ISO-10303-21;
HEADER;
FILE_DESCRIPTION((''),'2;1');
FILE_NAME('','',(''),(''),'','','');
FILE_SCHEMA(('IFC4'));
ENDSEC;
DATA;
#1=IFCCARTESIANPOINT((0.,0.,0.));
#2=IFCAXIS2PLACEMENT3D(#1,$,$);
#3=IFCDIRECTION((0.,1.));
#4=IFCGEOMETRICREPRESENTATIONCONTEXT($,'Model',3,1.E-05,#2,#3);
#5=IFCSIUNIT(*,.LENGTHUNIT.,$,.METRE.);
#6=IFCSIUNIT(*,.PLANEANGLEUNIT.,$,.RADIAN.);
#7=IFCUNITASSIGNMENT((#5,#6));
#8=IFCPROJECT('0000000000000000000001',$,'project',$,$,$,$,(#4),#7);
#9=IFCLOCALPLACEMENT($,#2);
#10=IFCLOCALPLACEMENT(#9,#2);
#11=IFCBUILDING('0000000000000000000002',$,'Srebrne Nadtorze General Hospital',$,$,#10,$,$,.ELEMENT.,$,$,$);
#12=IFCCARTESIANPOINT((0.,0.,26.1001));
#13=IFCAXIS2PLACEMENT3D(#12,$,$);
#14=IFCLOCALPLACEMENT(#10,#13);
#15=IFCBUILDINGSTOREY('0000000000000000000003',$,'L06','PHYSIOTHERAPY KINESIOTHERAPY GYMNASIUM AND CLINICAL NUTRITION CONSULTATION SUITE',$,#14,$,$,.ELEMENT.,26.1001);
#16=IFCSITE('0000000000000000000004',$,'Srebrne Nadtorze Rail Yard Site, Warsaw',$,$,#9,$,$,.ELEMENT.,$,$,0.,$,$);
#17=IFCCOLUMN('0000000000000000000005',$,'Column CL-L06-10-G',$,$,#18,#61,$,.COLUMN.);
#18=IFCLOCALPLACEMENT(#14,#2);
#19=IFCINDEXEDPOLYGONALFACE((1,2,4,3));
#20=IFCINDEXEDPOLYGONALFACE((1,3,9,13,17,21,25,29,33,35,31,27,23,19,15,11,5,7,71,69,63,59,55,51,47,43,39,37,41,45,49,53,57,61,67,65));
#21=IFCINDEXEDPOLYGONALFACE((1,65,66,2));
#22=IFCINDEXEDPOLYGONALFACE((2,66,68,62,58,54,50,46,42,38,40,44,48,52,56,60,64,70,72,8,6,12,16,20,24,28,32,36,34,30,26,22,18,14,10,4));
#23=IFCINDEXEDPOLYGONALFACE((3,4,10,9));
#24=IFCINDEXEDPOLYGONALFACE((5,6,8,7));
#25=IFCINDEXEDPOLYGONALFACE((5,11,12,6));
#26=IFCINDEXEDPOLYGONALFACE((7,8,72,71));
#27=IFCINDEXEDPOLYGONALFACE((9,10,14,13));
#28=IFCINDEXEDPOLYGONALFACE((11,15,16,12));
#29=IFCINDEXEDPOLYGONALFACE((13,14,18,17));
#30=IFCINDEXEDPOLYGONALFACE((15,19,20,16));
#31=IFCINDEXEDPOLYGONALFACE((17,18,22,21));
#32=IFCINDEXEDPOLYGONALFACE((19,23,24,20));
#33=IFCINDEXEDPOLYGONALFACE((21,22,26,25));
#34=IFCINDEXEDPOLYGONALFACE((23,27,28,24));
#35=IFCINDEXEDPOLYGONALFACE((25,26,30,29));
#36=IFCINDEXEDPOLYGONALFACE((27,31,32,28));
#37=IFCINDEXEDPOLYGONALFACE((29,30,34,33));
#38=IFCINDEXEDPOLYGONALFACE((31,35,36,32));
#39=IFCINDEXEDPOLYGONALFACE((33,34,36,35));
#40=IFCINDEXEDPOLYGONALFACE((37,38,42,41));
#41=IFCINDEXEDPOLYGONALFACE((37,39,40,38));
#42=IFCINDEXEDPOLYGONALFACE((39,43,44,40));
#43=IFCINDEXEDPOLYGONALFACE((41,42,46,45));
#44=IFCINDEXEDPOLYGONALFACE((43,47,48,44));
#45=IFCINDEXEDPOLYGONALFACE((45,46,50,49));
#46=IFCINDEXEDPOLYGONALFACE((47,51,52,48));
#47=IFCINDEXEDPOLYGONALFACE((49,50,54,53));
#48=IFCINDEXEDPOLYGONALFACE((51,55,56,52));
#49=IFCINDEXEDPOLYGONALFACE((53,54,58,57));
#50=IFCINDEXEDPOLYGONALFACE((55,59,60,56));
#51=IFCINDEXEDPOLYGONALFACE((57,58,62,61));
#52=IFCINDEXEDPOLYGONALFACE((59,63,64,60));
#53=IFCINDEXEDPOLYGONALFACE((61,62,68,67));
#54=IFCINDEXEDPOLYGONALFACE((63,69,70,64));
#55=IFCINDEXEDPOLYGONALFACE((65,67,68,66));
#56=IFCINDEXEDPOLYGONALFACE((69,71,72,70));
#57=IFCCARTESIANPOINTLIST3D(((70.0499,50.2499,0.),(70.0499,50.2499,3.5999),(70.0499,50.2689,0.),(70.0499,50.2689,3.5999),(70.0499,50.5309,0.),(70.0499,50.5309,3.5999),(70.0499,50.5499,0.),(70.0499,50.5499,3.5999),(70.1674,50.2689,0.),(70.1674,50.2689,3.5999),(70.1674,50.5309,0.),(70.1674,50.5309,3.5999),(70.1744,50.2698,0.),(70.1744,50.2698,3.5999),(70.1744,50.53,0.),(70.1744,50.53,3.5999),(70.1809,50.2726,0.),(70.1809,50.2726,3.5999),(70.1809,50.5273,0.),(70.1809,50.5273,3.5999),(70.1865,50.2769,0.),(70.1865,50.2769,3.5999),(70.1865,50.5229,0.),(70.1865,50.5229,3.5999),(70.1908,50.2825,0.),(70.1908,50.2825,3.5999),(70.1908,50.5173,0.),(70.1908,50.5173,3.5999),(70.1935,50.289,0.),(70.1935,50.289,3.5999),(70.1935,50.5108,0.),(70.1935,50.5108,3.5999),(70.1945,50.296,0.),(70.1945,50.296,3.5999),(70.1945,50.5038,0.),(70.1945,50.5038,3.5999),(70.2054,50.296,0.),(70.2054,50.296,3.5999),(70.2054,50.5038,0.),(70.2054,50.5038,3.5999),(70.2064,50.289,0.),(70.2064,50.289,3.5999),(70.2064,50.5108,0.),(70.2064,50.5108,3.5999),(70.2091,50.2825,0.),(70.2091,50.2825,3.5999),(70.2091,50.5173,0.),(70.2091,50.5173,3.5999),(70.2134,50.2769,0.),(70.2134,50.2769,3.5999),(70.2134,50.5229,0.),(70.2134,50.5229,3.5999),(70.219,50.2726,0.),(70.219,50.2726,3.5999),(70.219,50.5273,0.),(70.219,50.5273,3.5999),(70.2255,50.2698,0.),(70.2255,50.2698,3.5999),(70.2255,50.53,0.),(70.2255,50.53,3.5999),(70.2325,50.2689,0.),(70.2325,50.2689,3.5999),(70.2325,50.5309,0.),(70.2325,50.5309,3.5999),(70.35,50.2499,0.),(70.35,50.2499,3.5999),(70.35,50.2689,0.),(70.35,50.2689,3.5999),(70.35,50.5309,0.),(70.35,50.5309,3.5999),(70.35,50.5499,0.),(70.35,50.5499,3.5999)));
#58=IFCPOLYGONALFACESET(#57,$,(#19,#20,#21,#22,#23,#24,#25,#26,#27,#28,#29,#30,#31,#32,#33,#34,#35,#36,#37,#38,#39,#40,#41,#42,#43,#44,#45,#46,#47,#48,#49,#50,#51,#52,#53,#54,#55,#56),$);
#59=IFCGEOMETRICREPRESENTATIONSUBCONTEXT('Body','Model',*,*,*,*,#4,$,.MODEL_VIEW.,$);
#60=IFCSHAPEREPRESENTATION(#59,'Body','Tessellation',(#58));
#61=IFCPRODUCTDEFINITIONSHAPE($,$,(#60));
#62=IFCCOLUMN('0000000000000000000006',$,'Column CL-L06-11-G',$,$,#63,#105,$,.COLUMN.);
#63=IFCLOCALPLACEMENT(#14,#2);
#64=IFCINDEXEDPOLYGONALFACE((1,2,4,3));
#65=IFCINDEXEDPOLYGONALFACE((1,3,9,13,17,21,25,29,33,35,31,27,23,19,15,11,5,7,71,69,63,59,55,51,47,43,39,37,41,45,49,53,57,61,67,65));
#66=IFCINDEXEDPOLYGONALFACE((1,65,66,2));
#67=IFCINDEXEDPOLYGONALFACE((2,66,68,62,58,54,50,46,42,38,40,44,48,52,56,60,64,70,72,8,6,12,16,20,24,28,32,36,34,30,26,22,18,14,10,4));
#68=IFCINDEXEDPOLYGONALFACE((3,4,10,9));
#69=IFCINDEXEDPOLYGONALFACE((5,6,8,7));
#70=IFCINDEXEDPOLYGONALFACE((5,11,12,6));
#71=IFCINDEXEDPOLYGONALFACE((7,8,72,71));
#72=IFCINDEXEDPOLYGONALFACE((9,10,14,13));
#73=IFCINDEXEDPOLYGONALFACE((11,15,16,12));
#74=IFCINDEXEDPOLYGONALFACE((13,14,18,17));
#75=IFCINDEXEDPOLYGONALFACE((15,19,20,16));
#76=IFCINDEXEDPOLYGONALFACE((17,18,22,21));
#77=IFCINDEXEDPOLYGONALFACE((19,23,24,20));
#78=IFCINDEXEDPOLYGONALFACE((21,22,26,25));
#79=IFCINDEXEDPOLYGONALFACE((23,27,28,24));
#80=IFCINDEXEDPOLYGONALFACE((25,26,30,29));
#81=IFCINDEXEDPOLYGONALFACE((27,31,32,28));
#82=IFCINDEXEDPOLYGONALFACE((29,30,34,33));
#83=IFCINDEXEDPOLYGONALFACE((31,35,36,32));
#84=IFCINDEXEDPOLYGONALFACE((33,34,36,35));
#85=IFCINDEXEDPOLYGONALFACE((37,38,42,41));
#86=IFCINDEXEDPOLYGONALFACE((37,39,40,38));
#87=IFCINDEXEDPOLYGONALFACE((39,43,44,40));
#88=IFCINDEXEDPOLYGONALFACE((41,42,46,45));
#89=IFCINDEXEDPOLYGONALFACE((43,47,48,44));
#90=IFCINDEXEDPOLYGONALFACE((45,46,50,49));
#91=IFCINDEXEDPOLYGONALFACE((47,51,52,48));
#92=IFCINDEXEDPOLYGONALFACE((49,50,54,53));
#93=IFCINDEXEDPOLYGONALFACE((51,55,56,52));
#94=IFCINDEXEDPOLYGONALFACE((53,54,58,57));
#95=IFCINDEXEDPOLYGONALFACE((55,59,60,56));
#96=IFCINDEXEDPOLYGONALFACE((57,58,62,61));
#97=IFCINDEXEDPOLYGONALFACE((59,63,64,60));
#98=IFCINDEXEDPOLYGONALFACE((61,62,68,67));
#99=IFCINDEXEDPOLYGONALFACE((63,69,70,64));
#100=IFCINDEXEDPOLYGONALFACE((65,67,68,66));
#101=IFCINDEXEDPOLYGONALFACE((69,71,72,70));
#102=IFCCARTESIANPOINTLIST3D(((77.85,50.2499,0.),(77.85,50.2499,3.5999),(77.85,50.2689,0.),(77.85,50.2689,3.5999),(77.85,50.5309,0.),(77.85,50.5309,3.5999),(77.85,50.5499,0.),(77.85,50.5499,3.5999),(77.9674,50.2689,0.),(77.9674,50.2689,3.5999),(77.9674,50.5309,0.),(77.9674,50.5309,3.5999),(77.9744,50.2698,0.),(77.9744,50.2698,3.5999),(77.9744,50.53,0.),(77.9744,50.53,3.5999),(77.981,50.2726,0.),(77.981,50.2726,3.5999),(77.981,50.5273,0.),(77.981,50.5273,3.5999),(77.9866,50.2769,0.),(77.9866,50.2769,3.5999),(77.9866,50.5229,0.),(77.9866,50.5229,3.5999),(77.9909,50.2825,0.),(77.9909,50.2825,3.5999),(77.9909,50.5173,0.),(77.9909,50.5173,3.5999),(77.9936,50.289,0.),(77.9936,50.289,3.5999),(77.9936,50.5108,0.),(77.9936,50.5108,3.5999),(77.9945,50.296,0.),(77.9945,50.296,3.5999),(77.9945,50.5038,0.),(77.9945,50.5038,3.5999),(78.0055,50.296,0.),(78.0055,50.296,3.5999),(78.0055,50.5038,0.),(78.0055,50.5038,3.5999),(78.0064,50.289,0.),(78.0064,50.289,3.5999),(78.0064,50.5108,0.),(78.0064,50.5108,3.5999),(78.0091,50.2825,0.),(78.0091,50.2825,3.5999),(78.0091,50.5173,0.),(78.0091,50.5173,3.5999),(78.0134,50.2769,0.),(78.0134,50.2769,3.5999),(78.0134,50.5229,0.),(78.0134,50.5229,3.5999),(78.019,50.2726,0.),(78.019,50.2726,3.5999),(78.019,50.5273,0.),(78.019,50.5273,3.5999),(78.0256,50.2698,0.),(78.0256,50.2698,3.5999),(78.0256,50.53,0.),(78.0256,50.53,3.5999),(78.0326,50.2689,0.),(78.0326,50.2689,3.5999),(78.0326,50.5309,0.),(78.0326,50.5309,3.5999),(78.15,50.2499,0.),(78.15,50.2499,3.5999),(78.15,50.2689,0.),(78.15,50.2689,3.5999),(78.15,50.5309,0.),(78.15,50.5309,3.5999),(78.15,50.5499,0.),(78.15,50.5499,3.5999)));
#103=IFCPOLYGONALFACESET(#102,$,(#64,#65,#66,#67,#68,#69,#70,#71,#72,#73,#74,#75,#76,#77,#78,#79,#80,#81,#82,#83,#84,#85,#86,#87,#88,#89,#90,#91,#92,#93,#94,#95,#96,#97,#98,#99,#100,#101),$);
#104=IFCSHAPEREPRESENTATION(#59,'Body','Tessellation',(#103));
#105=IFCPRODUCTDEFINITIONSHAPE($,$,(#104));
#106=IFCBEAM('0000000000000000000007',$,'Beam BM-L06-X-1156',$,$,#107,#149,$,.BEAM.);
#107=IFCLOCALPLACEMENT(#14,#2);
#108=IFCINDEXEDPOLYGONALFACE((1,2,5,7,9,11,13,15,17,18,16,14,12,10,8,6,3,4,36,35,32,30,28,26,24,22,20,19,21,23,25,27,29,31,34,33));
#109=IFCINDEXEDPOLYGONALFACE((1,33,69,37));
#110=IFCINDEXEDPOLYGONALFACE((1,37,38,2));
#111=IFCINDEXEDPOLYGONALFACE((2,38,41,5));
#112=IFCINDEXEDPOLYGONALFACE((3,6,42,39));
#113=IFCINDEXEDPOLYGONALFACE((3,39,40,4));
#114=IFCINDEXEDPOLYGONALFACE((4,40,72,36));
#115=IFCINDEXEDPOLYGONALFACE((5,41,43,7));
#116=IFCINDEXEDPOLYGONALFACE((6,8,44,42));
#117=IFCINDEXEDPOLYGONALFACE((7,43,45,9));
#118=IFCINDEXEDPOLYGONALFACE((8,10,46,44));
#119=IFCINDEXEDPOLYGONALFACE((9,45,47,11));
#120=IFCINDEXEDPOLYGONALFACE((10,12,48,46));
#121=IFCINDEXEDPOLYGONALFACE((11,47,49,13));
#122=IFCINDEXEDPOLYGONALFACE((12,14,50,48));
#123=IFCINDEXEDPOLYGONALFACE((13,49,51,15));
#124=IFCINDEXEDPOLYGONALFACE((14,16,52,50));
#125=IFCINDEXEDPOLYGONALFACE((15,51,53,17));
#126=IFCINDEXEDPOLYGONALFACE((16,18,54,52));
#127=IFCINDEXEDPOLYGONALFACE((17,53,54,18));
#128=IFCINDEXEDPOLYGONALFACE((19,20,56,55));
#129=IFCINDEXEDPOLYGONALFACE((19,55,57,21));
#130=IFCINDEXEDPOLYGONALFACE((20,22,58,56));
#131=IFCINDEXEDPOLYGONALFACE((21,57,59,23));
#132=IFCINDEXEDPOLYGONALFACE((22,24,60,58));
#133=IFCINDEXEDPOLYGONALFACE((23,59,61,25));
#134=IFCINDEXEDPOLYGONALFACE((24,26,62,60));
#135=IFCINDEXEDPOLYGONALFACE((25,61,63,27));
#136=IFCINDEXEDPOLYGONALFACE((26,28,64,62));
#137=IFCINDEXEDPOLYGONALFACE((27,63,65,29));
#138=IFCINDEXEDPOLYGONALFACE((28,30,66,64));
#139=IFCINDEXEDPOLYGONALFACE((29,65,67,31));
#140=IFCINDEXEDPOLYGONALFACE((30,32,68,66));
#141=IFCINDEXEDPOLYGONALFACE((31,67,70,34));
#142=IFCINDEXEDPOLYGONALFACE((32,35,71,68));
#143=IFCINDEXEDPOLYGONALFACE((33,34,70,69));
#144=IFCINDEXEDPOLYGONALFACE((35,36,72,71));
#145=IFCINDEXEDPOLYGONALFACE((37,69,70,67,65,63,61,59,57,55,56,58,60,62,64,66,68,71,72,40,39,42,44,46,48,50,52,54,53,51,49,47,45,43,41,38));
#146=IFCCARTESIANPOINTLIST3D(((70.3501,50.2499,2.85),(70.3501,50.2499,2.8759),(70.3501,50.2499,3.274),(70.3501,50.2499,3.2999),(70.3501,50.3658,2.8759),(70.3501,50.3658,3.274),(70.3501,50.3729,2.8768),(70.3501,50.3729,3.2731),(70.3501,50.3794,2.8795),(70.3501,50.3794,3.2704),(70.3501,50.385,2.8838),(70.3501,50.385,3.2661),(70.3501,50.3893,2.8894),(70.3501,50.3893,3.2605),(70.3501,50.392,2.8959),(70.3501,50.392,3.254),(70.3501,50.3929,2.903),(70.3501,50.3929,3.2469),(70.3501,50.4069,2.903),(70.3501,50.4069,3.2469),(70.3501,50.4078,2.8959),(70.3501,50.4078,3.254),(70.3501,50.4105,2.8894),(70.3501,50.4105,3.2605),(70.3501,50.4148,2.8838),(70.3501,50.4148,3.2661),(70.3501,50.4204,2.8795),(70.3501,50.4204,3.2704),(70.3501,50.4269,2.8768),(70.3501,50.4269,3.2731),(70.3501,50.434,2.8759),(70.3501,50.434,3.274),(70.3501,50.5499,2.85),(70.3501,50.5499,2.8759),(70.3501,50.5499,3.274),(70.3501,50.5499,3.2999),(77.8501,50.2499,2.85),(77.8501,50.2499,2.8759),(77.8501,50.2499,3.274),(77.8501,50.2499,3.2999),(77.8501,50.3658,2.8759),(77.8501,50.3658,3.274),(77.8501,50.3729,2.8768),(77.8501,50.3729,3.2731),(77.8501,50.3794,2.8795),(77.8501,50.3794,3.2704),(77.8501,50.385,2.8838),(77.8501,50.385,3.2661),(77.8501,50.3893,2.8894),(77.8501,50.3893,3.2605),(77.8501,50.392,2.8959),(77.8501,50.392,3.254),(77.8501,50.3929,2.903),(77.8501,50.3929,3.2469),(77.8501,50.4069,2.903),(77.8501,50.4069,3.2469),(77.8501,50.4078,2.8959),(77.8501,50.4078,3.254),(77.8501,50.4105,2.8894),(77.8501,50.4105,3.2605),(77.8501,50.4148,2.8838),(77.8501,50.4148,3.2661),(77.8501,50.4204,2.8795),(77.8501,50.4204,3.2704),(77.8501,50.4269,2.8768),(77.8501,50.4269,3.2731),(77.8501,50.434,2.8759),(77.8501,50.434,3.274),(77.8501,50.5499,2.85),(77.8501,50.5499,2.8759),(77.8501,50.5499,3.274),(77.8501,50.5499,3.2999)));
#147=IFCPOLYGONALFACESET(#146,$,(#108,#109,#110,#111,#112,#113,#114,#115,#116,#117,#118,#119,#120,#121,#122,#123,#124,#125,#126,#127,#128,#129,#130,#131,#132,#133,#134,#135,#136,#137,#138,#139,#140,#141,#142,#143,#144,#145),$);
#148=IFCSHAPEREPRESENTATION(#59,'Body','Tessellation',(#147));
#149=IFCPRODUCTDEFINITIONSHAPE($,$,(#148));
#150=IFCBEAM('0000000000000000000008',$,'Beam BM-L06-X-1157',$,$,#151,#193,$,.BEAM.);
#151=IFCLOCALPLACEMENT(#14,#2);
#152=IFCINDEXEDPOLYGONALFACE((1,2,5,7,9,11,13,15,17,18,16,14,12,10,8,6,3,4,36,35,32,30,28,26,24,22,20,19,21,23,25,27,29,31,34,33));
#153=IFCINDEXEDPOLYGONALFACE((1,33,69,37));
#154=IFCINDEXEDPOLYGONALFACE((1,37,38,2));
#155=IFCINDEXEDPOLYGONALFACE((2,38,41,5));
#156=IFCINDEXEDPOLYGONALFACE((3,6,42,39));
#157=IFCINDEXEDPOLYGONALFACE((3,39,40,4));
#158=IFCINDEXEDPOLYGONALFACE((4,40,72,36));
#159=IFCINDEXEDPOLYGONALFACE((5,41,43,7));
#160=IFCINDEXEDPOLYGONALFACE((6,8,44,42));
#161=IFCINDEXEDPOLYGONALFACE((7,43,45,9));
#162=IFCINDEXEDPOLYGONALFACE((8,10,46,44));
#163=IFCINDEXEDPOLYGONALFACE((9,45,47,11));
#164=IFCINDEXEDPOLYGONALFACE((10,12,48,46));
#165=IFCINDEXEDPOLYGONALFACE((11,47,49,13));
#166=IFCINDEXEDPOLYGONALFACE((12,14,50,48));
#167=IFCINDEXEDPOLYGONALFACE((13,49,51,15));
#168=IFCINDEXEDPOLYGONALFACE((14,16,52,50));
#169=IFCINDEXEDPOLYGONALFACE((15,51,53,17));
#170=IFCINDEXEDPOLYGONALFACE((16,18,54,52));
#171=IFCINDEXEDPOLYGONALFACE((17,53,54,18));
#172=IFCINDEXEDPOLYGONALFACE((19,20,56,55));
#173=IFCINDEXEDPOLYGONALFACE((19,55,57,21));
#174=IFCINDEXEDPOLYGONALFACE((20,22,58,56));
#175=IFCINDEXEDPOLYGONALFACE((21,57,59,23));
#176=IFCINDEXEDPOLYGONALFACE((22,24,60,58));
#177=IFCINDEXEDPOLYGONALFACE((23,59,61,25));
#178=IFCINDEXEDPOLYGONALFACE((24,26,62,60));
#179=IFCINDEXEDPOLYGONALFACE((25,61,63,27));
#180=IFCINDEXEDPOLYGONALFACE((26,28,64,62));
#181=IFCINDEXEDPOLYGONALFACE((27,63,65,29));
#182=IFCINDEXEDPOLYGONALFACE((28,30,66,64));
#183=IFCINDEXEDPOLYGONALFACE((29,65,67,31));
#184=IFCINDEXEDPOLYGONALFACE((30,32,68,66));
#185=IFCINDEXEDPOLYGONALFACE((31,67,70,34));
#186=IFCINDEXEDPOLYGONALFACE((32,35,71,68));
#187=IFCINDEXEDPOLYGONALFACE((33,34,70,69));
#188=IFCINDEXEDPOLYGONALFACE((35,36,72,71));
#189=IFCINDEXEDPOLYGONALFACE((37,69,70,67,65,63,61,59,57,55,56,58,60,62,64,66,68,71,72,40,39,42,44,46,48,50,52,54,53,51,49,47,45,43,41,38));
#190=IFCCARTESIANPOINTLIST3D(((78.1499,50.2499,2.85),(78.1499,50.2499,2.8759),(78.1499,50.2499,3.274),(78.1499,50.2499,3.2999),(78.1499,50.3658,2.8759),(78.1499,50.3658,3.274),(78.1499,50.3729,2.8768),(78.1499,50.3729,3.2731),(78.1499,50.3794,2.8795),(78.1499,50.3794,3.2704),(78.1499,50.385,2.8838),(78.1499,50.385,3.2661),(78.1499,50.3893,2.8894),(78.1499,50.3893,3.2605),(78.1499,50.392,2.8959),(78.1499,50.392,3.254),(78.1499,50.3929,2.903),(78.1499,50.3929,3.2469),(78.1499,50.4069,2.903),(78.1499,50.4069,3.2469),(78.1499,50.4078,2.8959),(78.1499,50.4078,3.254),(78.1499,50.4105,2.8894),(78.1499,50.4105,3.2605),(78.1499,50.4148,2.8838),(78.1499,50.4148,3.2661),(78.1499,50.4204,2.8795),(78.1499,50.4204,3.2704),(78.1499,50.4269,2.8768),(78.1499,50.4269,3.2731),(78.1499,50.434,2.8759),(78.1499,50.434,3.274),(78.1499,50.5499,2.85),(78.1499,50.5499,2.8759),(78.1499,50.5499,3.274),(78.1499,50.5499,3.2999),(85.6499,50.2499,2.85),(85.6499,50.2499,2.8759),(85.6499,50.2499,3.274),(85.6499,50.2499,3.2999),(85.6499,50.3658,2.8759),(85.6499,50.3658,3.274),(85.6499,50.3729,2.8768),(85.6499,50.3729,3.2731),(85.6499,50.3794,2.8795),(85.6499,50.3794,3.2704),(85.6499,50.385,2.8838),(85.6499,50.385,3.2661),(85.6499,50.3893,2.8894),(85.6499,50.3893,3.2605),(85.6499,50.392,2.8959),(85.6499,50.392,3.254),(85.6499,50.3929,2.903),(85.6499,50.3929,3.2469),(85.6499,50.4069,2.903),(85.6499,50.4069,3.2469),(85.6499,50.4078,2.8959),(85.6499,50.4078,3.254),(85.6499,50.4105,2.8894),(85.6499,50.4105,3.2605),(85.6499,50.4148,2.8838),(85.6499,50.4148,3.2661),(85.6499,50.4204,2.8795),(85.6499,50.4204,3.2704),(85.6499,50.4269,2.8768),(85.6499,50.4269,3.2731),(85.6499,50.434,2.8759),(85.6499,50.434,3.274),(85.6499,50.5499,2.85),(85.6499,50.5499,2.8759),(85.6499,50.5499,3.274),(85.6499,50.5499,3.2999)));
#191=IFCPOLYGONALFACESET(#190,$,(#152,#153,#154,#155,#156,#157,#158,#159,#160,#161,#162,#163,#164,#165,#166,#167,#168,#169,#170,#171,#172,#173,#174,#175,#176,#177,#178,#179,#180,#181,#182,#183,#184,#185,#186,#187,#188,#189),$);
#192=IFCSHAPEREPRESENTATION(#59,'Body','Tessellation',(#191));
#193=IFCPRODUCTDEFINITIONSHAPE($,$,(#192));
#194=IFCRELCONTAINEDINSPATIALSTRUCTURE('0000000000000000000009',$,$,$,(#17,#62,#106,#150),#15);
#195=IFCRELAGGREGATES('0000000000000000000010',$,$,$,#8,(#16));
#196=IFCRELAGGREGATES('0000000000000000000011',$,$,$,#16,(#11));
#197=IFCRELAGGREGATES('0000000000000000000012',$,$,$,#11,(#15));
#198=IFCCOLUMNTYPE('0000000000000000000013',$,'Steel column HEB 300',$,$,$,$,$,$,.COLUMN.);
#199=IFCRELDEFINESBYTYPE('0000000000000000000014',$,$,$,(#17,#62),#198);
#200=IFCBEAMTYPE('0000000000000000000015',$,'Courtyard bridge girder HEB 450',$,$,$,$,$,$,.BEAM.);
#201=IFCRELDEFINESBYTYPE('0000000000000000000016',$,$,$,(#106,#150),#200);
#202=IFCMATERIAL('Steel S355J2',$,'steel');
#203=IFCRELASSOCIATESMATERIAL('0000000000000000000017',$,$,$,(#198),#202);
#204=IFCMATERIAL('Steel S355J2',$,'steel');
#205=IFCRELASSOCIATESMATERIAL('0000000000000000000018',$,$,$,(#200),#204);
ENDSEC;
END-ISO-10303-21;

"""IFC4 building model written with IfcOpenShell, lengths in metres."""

from ifc_helpers import new_model, si_unit, direction, frame, origin, origin_2d, place, context, subcontext, project, spatial, i_section, extrude, material, material_profile, profile_set, type_object, element, save


model = new_model("IFC4")

# Units and contexts
model_context = context("Model", 3, precision=1e-05, world=origin(), true_north=direction((0.0, 1.0)))
body_context = subcontext(model_context, "Body", "Model", "MODEL_VIEW")
ifc_project = project(units=[si_unit("LENGTHUNIT", "METRE"), si_unit("PLANEANGLEUNIT", "RADIAN")], contexts=[model_context])

# Site, building, storey
site_placement = place(None, origin())
site = spatial("IfcSite", under=ifc_project, at=site_placement, Name="Srebrne Nadtorze Rail Yard Site, Warsaw", CompositionType="ELEMENT", RefElevation=0.0)
building_placement = place(site_placement, origin())
building = spatial("IfcBuilding", under=site, at=building_placement, Name="Srebrne Nadtorze General Hospital", CompositionType="ELEMENT")
storey_placement = place(building_placement, frame((0.0, 0.0, 26.1001)))
storey = spatial("IfcBuildingStorey", under=building, at=storey_placement, Name="L06", Description="PHYSIOTHERAPY KINESIOTHERAPY GYMNASIUM AND CLINICAL NUTRITION CONSULTATION SUITE", CompositionType="ELEMENT", Elevation=26.1001)

# Columns
ifc_material_1 = material(Name="Steel S355J2", Category="steel")
ifc_material_profile_1 = material_profile(ifc_material_1, i_section(OverallWidth=0.3, OverallDepth=0.3, WebThickness=0.011, FlangeThickness=0.019, FilletRadius=0.0271, at=origin_2d()), Name="HEB-300")
ifc_profile_set_1 = profile_set([ifc_material_profile_1], Name="Steel S355J2")
column_type = type_object("IfcColumnType", Name="Steel column HEB 300", PredefinedType="COLUMN", material=ifc_profile_set_1)
for number, where, z_axis, x_axis, name in (
    (1, (70.2, 50.3999, 0.0), (0.0, 0.0, 1.0), (1.0, 0.0, 0.0), "Column CL-L06-10-G"),
    (2, (78.0, 50.3999, 0.0), (0.0, 0.0, 1.0), (1.0, 0.0, 0.0), "Column CL-L06-11-G"),
):
    element("IfcColumn", number, at=place(storey_placement, frame(where, z_axis=z_axis, x_axis=x_axis)), inside=storey, type_object=column_type, Name=name, PredefinedType="COLUMN", context=body_context, shape_type="SweptSolid", body=[
        extrude(i_section(OverallWidth=0.3, OverallDepth=0.3, WebThickness=0.011, FlangeThickness=0.019, FilletRadius=0.0271, at=origin_2d()), origin(), (0.0, 0.0, 1.0), 3.5999),
    ])

# Beams
ifc_material_2 = material(Name="Steel S355J2", Category="steel")
ifc_material_profile_2 = material_profile(ifc_material_2, i_section(OverallWidth=0.3, OverallDepth=0.45, WebThickness=0.0139, FlangeThickness=0.0259, FilletRadius=0.0271, at=origin_2d()), Name="HEB-450")
ifc_profile_set_2 = profile_set([ifc_material_profile_2], Name="Steel S355J2")
beam_type = type_object("IfcBeamType", Name="Courtyard bridge girder HEB 450", PredefinedType="BEAM", material=ifc_profile_set_2)
for number, where, z_axis, x_axis, name in (
    (3, (70.3501, 50.3999, 3.075), (1.0, 0.0, 0.0), (0.0, 1.0, 0.0), "Beam BM-L06-X-1156"),
    (4, (78.1499, 50.3999, 3.075), (1.0, 0.0, 0.0), (0.0, 1.0, 0.0), "Beam BM-L06-X-1157"),
):
    element("IfcBeam", number, at=place(storey_placement, frame(where, z_axis=z_axis, x_axis=x_axis)), inside=storey, type_object=beam_type, Name=name, PredefinedType="BEAM", context=body_context, shape_type="SweptSolid", body=[
        extrude(i_section(OverallWidth=0.3, OverallDepth=0.45, WebThickness=0.0139, FlangeThickness=0.0259, FilletRadius=0.0271, at=origin_2d()), origin(), (0.0, 0.0, 1.0), 7.5),
    ])

save(model, "model.ifc")
